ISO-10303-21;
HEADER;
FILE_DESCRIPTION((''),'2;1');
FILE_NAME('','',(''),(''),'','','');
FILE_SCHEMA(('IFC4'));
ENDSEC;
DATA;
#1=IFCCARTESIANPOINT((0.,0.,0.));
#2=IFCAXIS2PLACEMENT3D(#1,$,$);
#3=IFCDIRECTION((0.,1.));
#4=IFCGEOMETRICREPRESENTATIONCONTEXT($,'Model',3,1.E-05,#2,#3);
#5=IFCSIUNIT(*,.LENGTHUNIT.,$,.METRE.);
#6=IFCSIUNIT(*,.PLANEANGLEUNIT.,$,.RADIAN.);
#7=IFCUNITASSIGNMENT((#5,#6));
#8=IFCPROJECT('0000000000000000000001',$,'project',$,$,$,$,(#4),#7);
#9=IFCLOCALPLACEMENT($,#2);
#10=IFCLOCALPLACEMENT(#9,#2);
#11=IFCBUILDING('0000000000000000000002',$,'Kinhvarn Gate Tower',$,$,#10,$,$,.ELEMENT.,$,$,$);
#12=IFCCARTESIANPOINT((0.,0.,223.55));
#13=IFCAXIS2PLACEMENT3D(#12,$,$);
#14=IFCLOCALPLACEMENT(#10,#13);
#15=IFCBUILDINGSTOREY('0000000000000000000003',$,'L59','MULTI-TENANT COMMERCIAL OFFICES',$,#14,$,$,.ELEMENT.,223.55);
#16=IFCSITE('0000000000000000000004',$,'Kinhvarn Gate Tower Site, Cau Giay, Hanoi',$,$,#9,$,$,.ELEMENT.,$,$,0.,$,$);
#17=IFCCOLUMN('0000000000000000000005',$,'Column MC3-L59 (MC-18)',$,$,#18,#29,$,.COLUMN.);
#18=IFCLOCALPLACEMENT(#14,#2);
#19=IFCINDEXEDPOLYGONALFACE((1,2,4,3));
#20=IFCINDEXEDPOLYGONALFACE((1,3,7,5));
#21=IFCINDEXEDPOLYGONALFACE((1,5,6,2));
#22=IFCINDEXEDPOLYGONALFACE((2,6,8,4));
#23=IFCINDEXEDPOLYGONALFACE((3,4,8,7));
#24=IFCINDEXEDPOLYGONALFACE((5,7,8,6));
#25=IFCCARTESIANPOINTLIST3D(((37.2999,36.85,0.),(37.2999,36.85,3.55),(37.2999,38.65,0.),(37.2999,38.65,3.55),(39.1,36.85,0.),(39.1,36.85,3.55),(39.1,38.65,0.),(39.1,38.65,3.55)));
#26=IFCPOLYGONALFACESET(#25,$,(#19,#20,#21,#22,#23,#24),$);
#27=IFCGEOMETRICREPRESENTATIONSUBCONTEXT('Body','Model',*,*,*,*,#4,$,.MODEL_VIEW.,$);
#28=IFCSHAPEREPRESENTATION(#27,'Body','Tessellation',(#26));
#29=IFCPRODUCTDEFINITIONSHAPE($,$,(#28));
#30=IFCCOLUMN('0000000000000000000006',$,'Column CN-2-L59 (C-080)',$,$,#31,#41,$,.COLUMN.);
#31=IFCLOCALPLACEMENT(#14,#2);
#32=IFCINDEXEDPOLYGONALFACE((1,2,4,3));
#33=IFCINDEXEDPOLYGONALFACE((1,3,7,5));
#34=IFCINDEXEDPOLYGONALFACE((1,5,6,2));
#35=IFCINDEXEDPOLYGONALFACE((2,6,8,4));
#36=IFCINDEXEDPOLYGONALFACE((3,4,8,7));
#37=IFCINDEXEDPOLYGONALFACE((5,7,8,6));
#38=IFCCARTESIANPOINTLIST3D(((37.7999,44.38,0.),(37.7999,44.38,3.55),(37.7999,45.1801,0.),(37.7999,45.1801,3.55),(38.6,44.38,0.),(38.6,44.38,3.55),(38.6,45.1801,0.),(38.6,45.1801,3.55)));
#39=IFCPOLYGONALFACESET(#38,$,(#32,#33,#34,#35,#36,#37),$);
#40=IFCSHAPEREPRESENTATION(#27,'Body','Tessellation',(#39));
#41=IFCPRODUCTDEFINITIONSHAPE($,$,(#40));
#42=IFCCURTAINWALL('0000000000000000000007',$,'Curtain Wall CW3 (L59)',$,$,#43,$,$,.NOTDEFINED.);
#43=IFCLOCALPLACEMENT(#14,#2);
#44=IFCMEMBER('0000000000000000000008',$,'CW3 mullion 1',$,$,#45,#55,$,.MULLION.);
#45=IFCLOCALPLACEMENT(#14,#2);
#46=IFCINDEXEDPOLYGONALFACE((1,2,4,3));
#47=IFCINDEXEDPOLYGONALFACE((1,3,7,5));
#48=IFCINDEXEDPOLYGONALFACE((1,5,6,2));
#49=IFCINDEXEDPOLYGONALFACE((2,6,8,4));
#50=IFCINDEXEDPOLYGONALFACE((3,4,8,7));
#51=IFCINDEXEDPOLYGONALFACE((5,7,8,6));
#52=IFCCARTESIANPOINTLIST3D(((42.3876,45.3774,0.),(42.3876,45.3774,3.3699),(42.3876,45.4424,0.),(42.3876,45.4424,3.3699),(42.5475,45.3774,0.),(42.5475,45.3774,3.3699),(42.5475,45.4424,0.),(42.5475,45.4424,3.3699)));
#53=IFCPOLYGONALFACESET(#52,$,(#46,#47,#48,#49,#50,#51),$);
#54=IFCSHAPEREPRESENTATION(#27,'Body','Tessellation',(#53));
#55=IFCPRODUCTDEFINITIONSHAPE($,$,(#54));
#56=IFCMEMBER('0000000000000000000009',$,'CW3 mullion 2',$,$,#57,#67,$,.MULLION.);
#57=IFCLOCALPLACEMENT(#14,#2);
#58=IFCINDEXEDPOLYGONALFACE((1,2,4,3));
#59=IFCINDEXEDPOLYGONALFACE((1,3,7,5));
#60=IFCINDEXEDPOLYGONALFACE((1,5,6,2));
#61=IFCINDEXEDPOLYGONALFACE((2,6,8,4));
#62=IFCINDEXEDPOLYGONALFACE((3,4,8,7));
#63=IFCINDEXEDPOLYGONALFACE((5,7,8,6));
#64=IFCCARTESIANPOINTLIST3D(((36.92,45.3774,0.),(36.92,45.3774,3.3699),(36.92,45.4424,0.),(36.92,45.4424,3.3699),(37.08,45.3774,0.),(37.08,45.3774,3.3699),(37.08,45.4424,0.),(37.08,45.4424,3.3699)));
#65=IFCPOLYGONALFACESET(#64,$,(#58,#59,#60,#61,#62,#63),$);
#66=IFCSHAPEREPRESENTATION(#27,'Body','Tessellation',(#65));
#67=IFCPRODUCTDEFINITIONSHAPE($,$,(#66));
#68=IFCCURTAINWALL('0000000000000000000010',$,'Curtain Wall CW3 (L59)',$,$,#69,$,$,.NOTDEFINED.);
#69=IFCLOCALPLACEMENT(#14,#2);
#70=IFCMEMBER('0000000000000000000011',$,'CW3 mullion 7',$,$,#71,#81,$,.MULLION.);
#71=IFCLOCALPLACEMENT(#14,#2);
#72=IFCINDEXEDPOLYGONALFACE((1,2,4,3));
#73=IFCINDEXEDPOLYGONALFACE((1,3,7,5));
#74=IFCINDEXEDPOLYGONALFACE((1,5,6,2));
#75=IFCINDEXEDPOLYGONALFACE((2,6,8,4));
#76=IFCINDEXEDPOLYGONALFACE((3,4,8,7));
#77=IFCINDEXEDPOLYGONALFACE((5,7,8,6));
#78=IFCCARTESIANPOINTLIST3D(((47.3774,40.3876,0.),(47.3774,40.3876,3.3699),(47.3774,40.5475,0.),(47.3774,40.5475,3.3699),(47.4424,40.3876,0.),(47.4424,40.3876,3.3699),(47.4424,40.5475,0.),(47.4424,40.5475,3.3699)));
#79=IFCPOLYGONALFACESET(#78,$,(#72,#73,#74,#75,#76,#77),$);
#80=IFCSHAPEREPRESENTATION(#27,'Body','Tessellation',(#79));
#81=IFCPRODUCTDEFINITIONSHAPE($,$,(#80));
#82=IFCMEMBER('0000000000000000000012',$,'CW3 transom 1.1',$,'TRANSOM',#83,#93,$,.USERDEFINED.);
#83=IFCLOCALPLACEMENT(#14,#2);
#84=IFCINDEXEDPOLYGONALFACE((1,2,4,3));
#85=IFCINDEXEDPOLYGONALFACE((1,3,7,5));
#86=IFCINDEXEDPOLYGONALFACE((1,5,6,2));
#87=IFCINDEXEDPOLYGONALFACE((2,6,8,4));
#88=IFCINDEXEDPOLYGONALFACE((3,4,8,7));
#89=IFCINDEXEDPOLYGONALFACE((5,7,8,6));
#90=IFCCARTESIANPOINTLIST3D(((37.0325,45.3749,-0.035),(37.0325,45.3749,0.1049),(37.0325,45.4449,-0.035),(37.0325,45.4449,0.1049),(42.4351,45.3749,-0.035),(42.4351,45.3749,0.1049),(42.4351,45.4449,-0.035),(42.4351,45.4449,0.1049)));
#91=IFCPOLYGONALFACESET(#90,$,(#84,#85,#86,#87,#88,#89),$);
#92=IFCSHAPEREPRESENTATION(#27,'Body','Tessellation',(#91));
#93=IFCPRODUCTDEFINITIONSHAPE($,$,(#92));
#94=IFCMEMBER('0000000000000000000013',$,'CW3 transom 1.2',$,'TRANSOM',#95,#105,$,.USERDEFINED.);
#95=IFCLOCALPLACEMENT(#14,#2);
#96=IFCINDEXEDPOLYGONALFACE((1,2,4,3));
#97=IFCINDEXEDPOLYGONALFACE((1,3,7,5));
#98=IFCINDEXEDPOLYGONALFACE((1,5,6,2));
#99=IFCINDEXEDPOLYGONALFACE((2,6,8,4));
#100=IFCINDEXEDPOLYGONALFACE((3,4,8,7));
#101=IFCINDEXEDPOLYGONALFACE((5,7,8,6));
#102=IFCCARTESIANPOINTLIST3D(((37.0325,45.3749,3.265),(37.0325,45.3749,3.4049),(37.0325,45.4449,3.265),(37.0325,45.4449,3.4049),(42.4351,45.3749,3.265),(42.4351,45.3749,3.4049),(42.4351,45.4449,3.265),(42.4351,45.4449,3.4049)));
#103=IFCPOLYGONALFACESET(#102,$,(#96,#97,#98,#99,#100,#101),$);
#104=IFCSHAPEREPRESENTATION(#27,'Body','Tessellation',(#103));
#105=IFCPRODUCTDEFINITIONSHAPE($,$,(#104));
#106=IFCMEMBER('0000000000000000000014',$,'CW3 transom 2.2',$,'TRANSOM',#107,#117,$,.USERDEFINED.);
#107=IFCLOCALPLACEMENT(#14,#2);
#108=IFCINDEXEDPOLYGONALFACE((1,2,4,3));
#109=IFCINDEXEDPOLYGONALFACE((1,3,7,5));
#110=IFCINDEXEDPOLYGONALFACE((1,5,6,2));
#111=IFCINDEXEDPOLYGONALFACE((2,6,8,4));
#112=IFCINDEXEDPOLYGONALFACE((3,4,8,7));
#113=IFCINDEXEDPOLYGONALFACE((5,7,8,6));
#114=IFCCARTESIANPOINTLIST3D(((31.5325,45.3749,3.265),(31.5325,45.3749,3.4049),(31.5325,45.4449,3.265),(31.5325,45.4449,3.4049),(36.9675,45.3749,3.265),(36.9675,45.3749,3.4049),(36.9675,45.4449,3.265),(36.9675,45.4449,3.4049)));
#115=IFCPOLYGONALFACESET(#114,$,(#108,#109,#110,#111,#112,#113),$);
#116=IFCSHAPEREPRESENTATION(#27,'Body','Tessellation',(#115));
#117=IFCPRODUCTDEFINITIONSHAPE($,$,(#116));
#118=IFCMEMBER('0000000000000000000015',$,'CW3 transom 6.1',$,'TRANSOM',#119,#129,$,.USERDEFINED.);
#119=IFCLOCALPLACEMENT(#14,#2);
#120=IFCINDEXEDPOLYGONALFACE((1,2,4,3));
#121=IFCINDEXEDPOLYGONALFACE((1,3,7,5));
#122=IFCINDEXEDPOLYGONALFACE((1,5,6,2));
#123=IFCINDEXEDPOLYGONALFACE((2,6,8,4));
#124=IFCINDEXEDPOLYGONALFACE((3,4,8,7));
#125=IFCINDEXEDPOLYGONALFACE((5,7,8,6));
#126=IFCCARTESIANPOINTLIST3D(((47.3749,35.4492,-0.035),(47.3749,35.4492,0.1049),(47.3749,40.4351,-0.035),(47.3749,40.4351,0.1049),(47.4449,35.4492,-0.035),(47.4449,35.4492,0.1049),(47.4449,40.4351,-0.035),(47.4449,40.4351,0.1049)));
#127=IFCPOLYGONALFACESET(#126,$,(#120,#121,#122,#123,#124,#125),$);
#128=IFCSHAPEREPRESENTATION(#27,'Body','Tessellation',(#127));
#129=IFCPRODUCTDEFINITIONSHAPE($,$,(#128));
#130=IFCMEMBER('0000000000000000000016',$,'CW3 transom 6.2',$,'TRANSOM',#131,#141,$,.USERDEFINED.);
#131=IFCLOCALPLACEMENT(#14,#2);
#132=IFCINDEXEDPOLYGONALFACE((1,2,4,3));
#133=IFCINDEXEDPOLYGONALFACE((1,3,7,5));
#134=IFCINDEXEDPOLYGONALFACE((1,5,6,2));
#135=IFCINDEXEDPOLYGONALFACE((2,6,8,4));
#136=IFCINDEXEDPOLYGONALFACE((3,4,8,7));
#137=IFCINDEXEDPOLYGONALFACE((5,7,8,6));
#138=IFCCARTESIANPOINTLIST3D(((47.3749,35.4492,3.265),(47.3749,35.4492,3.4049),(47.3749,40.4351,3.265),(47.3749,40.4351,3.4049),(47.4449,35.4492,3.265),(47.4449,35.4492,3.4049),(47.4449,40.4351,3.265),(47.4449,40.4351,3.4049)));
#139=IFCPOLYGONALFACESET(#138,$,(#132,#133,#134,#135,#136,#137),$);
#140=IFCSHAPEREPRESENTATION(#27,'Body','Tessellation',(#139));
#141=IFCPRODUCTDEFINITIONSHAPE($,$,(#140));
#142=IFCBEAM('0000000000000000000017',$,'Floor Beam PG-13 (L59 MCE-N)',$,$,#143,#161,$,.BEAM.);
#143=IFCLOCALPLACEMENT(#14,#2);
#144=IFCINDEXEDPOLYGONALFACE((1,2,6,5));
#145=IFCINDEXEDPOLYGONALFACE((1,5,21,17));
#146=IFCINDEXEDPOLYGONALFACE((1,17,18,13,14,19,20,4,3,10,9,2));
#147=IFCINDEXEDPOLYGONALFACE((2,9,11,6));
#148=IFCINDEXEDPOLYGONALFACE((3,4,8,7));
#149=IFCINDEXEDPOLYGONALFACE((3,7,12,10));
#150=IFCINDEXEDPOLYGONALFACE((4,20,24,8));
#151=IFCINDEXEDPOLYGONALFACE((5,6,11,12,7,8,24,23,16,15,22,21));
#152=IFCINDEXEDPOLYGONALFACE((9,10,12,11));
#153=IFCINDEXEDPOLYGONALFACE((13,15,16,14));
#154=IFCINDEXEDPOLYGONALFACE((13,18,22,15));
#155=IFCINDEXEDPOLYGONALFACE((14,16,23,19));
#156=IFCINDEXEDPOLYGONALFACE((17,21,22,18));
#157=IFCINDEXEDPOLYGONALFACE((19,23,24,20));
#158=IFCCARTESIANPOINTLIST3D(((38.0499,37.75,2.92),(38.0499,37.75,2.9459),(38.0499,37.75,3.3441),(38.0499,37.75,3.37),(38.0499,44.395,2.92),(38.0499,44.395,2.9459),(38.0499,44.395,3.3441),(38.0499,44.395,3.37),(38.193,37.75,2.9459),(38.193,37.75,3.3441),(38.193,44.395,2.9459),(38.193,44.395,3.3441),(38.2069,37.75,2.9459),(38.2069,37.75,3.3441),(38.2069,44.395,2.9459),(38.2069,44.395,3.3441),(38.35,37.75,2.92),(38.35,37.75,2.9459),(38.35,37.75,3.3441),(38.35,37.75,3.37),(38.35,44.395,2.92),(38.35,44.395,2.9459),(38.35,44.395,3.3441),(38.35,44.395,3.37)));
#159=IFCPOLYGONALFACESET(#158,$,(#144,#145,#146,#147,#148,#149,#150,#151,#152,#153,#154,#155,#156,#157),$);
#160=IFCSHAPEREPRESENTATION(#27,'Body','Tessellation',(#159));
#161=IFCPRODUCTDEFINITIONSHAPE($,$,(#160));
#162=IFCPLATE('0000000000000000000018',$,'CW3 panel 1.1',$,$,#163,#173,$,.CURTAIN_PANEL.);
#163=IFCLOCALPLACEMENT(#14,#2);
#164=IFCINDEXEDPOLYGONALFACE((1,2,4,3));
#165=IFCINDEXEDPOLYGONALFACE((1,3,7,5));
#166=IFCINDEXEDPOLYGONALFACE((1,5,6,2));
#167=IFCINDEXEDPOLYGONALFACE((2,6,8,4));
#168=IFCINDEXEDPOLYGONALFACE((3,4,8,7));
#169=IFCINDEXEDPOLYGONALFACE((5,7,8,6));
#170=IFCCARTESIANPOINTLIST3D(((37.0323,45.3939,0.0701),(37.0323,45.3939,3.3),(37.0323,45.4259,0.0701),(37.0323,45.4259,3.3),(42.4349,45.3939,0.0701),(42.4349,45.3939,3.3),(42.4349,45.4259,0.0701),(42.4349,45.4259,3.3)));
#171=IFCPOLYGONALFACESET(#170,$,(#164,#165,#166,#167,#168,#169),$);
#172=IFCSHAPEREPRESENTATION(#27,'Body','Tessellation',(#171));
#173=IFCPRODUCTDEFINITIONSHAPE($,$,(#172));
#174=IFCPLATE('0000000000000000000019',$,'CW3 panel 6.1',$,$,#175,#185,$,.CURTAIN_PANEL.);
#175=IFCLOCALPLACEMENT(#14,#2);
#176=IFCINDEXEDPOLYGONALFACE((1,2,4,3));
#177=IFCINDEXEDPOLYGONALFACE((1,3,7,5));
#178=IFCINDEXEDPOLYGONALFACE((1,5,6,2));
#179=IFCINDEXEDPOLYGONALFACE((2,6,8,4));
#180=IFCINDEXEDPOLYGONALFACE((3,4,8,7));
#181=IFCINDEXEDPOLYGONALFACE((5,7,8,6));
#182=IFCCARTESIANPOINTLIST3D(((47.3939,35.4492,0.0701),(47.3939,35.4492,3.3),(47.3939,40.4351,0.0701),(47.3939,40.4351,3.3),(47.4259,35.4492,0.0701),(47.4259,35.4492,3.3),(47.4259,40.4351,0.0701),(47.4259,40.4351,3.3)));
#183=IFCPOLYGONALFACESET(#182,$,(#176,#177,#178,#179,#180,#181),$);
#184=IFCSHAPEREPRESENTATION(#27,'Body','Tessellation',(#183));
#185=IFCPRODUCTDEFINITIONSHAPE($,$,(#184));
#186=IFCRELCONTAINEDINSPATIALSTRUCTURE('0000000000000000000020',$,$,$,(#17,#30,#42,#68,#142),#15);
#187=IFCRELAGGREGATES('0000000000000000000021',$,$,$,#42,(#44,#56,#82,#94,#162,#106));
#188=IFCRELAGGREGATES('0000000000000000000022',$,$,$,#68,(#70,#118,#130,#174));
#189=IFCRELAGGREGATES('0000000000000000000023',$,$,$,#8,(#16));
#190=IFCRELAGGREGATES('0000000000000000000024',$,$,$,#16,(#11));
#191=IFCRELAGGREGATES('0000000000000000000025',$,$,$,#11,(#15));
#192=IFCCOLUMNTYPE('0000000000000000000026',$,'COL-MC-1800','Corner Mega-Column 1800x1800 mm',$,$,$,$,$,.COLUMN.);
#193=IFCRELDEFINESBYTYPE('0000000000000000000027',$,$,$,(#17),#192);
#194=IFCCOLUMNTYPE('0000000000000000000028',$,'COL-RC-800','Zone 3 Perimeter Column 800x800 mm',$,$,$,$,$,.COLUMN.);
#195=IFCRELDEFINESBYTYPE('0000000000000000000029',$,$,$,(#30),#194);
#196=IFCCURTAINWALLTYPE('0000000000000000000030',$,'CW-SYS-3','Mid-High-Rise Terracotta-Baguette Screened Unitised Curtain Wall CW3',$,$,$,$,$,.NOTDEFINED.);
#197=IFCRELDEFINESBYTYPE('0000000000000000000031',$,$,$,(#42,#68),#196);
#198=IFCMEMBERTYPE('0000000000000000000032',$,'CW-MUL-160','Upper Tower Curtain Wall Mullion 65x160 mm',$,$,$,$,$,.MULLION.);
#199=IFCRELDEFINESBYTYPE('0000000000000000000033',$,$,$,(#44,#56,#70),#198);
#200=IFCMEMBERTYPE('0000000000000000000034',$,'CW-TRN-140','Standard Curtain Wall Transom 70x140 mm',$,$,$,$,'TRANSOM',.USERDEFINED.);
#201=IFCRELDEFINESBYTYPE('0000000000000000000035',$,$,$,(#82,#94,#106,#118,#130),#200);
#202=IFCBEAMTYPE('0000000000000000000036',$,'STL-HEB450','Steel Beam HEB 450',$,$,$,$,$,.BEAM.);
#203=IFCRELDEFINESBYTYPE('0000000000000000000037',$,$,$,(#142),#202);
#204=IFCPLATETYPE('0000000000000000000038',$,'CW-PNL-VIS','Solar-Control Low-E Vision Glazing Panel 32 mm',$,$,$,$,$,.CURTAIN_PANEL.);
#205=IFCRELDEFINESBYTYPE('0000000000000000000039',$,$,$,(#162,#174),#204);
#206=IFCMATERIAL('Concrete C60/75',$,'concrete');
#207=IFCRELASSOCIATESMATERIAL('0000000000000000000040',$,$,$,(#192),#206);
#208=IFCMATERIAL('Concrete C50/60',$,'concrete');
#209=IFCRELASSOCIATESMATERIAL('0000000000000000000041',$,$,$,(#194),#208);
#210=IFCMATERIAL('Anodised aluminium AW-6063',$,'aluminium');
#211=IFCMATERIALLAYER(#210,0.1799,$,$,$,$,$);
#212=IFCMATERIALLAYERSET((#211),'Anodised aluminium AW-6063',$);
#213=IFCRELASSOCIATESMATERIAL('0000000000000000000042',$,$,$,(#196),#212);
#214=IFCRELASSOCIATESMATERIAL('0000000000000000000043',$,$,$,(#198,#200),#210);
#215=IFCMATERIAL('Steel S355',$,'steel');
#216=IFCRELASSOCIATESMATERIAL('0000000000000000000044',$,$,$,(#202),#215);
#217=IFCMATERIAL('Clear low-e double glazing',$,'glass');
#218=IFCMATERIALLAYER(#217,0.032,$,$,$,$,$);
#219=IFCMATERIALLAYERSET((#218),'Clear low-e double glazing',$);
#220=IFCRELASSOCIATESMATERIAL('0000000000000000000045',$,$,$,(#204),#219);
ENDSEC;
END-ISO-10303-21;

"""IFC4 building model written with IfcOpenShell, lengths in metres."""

from ifc_helpers import new_model, si_unit, direction, frame, origin, origin_2d, place, context, subcontext, project, spatial, rectangle, i_section, extrude, material, layer, layer_set, material_profile, profile_set, type_object, element, aggregate, save


model = new_model("IFC4")

# Units and contexts
model_context = context("Model", 3, precision=1e-05, world=origin(), true_north=direction((0.0, 1.0)))
body_context = subcontext(model_context, "Body", "Model", "MODEL_VIEW")
ifc_project = project(units=[si_unit("LENGTHUNIT", "METRE"), si_unit("PLANEANGLEUNIT", "RADIAN")], contexts=[model_context])

# Site, building, storey
site_placement = place(None, origin())
site = spatial("IfcSite", under=ifc_project, at=site_placement, Name="Kinhvarn Gate Tower Site, Cau Giay, Hanoi", CompositionType="ELEMENT", RefElevation=0.0)
building_placement = place(site_placement, origin())
building = spatial("IfcBuilding", under=site, at=building_placement, Name="Kinhvarn Gate Tower", CompositionType="ELEMENT")
storey_placement = place(building_placement, frame((0.0, 0.0, 223.55)))
storey = spatial("IfcBuildingStorey", under=building, at=storey_placement, Name="L59", Description="MULTI-TENANT COMMERCIAL OFFICES", CompositionType="ELEMENT", Elevation=223.55)

# Columns
ifc_material_1 = material(Name="Concrete C60/75", Category="concrete")
ifc_material_profile_1 = material_profile(ifc_material_1, rectangle(XDim=1.8, YDim=1.8, at=origin_2d()), Name="RC 1800x1800")
ifc_profile_set_1 = profile_set([ifc_material_profile_1], Name="Concrete C60/75")
column_type_1 = type_object("IfcColumnType", Name="COL-MC-1800", Description="Corner Mega-Column 1800x1800 mm", PredefinedType="COLUMN", material=ifc_profile_set_1)
column_1_placement = place(storey_placement, frame((38.2, 37.75, 0.0), z_axis=(0.0, 0.0, 1.0), x_axis=(1.0, 0.0, 0.0)))
element("IfcColumn", 1, at=column_1_placement, inside=storey, type_object=column_type_1, Name="Column MC3-L59 (MC-18)", PredefinedType="COLUMN", context=body_context, shape_type="SweptSolid", body=[
    extrude(rectangle(XDim=1.8, YDim=1.8, at=origin_2d()), origin(), (0.0, 0.0, 1.0), 3.55),
])
ifc_material_2 = material(Name="Concrete C50/60", Category="concrete")
ifc_material_profile_2 = material_profile(ifc_material_2, rectangle(XDim=0.8, YDim=0.8, at=origin_2d()), Name="RC 800x800")
ifc_profile_set_2 = profile_set([ifc_material_profile_2], Name="Concrete C50/60")
column_type_2 = type_object("IfcColumnType", Name="COL-RC-800", Description="Zone 3 Perimeter Column 800x800 mm", PredefinedType="COLUMN", material=ifc_profile_set_2)
column_2_placement = place(storey_placement, frame((38.2, 44.78, 0.0), z_axis=(0.0, 0.0, 1.0), x_axis=(1.0, 0.0, 0.0)))
element("IfcColumn", 2, at=column_2_placement, inside=storey, type_object=column_type_2, Name="Column CN-2-L59 (C-080)", PredefinedType="COLUMN", context=body_context, shape_type="SweptSolid", body=[
    extrude(rectangle(XDim=0.8, YDim=0.8, at=origin_2d()), origin(), (0.0, 0.0, 1.0), 3.55),
])

# Curtain wall, members
ifc_material_3 = material(Name="Anodised aluminium AW-6063", Category="aluminium")
ifc_layer_1 = layer(ifc_material_3, 0.1799)
ifc_layer_set_1 = layer_set([ifc_layer_1], Name="Anodised aluminium AW-6063")
curtain_wall_type = type_object("IfcCurtainWallType", Name="CW-SYS-3", Description="Mid-High-Rise Terracotta-Baguette Screened Unitised Curtain Wall CW3", PredefinedType="NOTDEFINED", material=ifc_layer_set_1)
curtain_wall_1_placement = place(storey_placement, origin())
curtain_wall_1 = element("IfcCurtainWall", 3, at=curtain_wall_1_placement, inside=storey, type_object=curtain_wall_type, Name="Curtain Wall CW3 (L59)", PredefinedType="NOTDEFINED")
ifc_material_profile_3 = material_profile(ifc_material_3, rectangle(XDim=0.0649, YDim=0.1599, at=origin_2d()), Name="ALU 65x160")
ifc_profile_set_3 = profile_set([ifc_material_profile_3], Name="Anodised aluminium AW-6063")
member_type_1 = type_object("IfcMemberType", Name="CW-MUL-160", Description="Upper Tower Curtain Wall Mullion 65x160 mm", PredefinedType="MULLION", material=ifc_profile_set_3)
member_1_placement = place(storey_placement, frame((42.4675, 45.4099, 0.0), z_axis=(0.0, 0.0, 1.0), x_axis=(0.0, -1.0, 0.0)))
member_1 = element("IfcMember", 4, at=member_1_placement, type_object=member_type_1, Name="CW3 mullion 1", PredefinedType="MULLION", context=body_context, shape_type="SweptSolid", body=[
    extrude(rectangle(XDim=0.0649, YDim=0.1599, at=origin_2d()), origin(), (0.0, 0.0, 1.0), 3.3699),
])
member_2_placement = place(storey_placement, frame((37.0, 45.4099, 0.0), z_axis=(0.0, 0.0, 1.0), x_axis=(0.0, -1.0, 0.0)))
member_2 = element("IfcMember", 5, at=member_2_placement, type_object=member_type_1, Name="CW3 mullion 2", PredefinedType="MULLION", context=body_context, shape_type="SweptSolid", body=[
    extrude(rectangle(XDim=0.0649, YDim=0.1599, at=origin_2d()), origin(), (0.0, 0.0, 1.0), 3.3699),
])

# Curtain wall, member
curtain_wall_2_placement = place(storey_placement, origin())
curtain_wall_2 = element("IfcCurtainWall", 6, at=curtain_wall_2_placement, inside=storey, type_object=curtain_wall_type, Name="Curtain Wall CW3 (L59)", PredefinedType="NOTDEFINED")
member_3_placement = place(storey_placement, frame((47.4099, 40.4675, 0.0), z_axis=(0.0, 0.0, 1.0), x_axis=(-1.0, 0.0, 0.0)))
member_3 = element("IfcMember", 7, at=member_3_placement, type_object=member_type_1, Name="CW3 mullion 7", PredefinedType="MULLION", context=body_context, shape_type="SweptSolid", body=[
    extrude(rectangle(XDim=0.0649, YDim=0.1599, at=origin_2d()), origin(), (0.0, 0.0, 1.0), 3.3699),
])

# Members
ifc_material_profile_4 = material_profile(ifc_material_3, rectangle(XDim=0.0701, YDim=0.1399, at=origin_2d()), Name="ALU 70x140")
ifc_profile_set_4 = profile_set([ifc_material_profile_4], Name="Anodised aluminium AW-6063")
member_type_2 = type_object("IfcMemberType", Name="CW-TRN-140", Description="Standard Curtain Wall Transom 70x140 mm", ElementType="TRANSOM", PredefinedType="USERDEFINED", material=ifc_profile_set_4)
member_4_placement = place(storey_placement, frame((42.4351, 45.4099, 0.0349), z_axis=(-1.0, 0.0, 0.0), x_axis=(0.0, -1.0, 0.0)))
member_4 = element("IfcMember", 8, at=member_4_placement, type_object=member_type_2, Name="CW3 transom 1.1", ObjectType="TRANSOM", PredefinedType="USERDEFINED", context=body_context, shape_type="SweptSolid", body=[
    extrude(rectangle(XDim=0.0701, YDim=0.1399, at=origin_2d()), origin(), (0.0, 0.0, 1.0), 5.4026),
])
member_5_placement = place(storey_placement, frame((42.4351, 45.4099, 3.335), z_axis=(-1.0, 0.0, 0.0), x_axis=(0.0, -1.0, 0.0)))
member_5 = element("IfcMember", 9, at=member_5_placement, type_object=member_type_2, Name="CW3 transom 1.2", ObjectType="TRANSOM", PredefinedType="USERDEFINED", context=body_context, shape_type="SweptSolid", body=[
    extrude(rectangle(XDim=0.0701, YDim=0.1399, at=origin_2d()), origin(), (0.0, 0.0, 1.0), 5.4026),
])
member_6_placement = place(storey_placement, frame((36.9675, 45.4099, 3.335), z_axis=(-1.0, 0.0, 0.0), x_axis=(0.0, -1.0, 0.0)))
member_6 = element("IfcMember", 10, at=member_6_placement, type_object=member_type_2, Name="CW3 transom 2.2", ObjectType="TRANSOM", PredefinedType="USERDEFINED", context=body_context, shape_type="SweptSolid", body=[
    extrude(rectangle(XDim=0.0701, YDim=0.1399, at=origin_2d()), origin(), (0.0, 0.0, 1.0), 5.4351),
])
member_7_placement = place(storey_placement, frame((47.4099, 35.4492, 0.0349), z_axis=(0.0, 1.0, 0.0), x_axis=(-1.0, 0.0, 0.0)))
member_7 = element("IfcMember", 11, at=member_7_placement, type_object=member_type_2, Name="CW3 transom 6.1", ObjectType="TRANSOM", PredefinedType="USERDEFINED", context=body_context, shape_type="SweptSolid", body=[
    extrude(rectangle(XDim=0.0701, YDim=0.1399, at=origin_2d()), origin(), (0.0, 0.0, 1.0), 4.9858),
])
member_8_placement = place(storey_placement, frame((47.4099, 35.4492, 3.335), z_axis=(0.0, 1.0, 0.0), x_axis=(-1.0, 0.0, 0.0)))
member_8 = element("IfcMember", 12, at=member_8_placement, type_object=member_type_2, Name="CW3 transom 6.2", ObjectType="TRANSOM", PredefinedType="USERDEFINED", context=body_context, shape_type="SweptSolid", body=[
    extrude(rectangle(XDim=0.0701, YDim=0.1399, at=origin_2d()), origin(), (0.0, 0.0, 1.0), 4.9858),
])

# Beam
ifc_material_4 = material(Name="Steel S355", Category="steel")
ifc_material_profile_5 = material_profile(ifc_material_4, i_section(OverallWidth=0.3, OverallDepth=0.45, WebThickness=0.0139, FlangeThickness=0.0259, at=origin_2d()), Name="HEB 450")
ifc_profile_set_5 = profile_set([ifc_material_profile_5], Name="Steel S355")
beam_type = type_object("IfcBeamType", Name="STL-HEB450", Description="Steel Beam HEB 450", PredefinedType="BEAM", material=ifc_profile_set_5)
beam_placement = place(storey_placement, frame((38.2, 37.75, 3.145), z_axis=(0.0, 1.0, 0.0), x_axis=(-1.0, 0.0, 0.0)))
element("IfcBeam", 13, at=beam_placement, inside=storey, type_object=beam_type, Name="Floor Beam PG-13 (L59 MCE-N)", PredefinedType="BEAM", context=body_context, shape_type="SweptSolid", body=[
    extrude(i_section(OverallWidth=0.3, OverallDepth=0.45, WebThickness=0.0139, FlangeThickness=0.0259, at=origin_2d()), origin(), (0.0, 0.0, 1.0), 6.645),
])

# Plates
ifc_material_5 = material(Name="Clear low-e double glazing", Category="glass")
ifc_layer_2 = layer(ifc_material_5, 0.032)
ifc_layer_set_2 = layer_set([ifc_layer_2], Name="Clear low-e double glazing")
plate_type = type_object("IfcPlateType", Name="CW-PNL-VIS", Description="Solar-Control Low-E Vision Glazing Panel 32 mm", PredefinedType="CURTAIN_PANEL", material=ifc_layer_set_2)
plate_1_placement = place(storey_placement, frame((39.7336, 45.4099, 0.0701), z_axis=(0.0, 0.0, 1.0), x_axis=(-1.0, 0.0, 0.0)))
plate_1 = element("IfcPlate", 14, at=plate_1_placement, type_object=plate_type, Name="CW3 panel 1.1", PredefinedType="CURTAIN_PANEL", context=body_context, shape_type="SweptSolid", body=[
    extrude(rectangle(XDim=5.4026, YDim=0.032, at=origin_2d()), origin(), (0.0, 0.0, 1.0), 3.23),
])
aggregate(curtain_wall_1, [member_1, member_2, member_4, member_5, plate_1, member_6])
plate_2_placement = place(storey_placement, frame((47.4099, 37.9421, 0.0701), z_axis=(0.0, 0.0, 1.0), x_axis=(0.0, 1.0, 0.0)))
plate_2 = element("IfcPlate", 15, at=plate_2_placement, type_object=plate_type, Name="CW3 panel 6.1", PredefinedType="CURTAIN_PANEL", context=body_context, shape_type="SweptSolid", body=[
    extrude(rectangle(XDim=4.9858, YDim=0.032, at=origin_2d()), origin(), (0.0, 0.0, 1.0), 3.23),
])
aggregate(curtain_wall_2, [member_3, member_7, member_8, plate_2])

save(model, "model.ifc")
